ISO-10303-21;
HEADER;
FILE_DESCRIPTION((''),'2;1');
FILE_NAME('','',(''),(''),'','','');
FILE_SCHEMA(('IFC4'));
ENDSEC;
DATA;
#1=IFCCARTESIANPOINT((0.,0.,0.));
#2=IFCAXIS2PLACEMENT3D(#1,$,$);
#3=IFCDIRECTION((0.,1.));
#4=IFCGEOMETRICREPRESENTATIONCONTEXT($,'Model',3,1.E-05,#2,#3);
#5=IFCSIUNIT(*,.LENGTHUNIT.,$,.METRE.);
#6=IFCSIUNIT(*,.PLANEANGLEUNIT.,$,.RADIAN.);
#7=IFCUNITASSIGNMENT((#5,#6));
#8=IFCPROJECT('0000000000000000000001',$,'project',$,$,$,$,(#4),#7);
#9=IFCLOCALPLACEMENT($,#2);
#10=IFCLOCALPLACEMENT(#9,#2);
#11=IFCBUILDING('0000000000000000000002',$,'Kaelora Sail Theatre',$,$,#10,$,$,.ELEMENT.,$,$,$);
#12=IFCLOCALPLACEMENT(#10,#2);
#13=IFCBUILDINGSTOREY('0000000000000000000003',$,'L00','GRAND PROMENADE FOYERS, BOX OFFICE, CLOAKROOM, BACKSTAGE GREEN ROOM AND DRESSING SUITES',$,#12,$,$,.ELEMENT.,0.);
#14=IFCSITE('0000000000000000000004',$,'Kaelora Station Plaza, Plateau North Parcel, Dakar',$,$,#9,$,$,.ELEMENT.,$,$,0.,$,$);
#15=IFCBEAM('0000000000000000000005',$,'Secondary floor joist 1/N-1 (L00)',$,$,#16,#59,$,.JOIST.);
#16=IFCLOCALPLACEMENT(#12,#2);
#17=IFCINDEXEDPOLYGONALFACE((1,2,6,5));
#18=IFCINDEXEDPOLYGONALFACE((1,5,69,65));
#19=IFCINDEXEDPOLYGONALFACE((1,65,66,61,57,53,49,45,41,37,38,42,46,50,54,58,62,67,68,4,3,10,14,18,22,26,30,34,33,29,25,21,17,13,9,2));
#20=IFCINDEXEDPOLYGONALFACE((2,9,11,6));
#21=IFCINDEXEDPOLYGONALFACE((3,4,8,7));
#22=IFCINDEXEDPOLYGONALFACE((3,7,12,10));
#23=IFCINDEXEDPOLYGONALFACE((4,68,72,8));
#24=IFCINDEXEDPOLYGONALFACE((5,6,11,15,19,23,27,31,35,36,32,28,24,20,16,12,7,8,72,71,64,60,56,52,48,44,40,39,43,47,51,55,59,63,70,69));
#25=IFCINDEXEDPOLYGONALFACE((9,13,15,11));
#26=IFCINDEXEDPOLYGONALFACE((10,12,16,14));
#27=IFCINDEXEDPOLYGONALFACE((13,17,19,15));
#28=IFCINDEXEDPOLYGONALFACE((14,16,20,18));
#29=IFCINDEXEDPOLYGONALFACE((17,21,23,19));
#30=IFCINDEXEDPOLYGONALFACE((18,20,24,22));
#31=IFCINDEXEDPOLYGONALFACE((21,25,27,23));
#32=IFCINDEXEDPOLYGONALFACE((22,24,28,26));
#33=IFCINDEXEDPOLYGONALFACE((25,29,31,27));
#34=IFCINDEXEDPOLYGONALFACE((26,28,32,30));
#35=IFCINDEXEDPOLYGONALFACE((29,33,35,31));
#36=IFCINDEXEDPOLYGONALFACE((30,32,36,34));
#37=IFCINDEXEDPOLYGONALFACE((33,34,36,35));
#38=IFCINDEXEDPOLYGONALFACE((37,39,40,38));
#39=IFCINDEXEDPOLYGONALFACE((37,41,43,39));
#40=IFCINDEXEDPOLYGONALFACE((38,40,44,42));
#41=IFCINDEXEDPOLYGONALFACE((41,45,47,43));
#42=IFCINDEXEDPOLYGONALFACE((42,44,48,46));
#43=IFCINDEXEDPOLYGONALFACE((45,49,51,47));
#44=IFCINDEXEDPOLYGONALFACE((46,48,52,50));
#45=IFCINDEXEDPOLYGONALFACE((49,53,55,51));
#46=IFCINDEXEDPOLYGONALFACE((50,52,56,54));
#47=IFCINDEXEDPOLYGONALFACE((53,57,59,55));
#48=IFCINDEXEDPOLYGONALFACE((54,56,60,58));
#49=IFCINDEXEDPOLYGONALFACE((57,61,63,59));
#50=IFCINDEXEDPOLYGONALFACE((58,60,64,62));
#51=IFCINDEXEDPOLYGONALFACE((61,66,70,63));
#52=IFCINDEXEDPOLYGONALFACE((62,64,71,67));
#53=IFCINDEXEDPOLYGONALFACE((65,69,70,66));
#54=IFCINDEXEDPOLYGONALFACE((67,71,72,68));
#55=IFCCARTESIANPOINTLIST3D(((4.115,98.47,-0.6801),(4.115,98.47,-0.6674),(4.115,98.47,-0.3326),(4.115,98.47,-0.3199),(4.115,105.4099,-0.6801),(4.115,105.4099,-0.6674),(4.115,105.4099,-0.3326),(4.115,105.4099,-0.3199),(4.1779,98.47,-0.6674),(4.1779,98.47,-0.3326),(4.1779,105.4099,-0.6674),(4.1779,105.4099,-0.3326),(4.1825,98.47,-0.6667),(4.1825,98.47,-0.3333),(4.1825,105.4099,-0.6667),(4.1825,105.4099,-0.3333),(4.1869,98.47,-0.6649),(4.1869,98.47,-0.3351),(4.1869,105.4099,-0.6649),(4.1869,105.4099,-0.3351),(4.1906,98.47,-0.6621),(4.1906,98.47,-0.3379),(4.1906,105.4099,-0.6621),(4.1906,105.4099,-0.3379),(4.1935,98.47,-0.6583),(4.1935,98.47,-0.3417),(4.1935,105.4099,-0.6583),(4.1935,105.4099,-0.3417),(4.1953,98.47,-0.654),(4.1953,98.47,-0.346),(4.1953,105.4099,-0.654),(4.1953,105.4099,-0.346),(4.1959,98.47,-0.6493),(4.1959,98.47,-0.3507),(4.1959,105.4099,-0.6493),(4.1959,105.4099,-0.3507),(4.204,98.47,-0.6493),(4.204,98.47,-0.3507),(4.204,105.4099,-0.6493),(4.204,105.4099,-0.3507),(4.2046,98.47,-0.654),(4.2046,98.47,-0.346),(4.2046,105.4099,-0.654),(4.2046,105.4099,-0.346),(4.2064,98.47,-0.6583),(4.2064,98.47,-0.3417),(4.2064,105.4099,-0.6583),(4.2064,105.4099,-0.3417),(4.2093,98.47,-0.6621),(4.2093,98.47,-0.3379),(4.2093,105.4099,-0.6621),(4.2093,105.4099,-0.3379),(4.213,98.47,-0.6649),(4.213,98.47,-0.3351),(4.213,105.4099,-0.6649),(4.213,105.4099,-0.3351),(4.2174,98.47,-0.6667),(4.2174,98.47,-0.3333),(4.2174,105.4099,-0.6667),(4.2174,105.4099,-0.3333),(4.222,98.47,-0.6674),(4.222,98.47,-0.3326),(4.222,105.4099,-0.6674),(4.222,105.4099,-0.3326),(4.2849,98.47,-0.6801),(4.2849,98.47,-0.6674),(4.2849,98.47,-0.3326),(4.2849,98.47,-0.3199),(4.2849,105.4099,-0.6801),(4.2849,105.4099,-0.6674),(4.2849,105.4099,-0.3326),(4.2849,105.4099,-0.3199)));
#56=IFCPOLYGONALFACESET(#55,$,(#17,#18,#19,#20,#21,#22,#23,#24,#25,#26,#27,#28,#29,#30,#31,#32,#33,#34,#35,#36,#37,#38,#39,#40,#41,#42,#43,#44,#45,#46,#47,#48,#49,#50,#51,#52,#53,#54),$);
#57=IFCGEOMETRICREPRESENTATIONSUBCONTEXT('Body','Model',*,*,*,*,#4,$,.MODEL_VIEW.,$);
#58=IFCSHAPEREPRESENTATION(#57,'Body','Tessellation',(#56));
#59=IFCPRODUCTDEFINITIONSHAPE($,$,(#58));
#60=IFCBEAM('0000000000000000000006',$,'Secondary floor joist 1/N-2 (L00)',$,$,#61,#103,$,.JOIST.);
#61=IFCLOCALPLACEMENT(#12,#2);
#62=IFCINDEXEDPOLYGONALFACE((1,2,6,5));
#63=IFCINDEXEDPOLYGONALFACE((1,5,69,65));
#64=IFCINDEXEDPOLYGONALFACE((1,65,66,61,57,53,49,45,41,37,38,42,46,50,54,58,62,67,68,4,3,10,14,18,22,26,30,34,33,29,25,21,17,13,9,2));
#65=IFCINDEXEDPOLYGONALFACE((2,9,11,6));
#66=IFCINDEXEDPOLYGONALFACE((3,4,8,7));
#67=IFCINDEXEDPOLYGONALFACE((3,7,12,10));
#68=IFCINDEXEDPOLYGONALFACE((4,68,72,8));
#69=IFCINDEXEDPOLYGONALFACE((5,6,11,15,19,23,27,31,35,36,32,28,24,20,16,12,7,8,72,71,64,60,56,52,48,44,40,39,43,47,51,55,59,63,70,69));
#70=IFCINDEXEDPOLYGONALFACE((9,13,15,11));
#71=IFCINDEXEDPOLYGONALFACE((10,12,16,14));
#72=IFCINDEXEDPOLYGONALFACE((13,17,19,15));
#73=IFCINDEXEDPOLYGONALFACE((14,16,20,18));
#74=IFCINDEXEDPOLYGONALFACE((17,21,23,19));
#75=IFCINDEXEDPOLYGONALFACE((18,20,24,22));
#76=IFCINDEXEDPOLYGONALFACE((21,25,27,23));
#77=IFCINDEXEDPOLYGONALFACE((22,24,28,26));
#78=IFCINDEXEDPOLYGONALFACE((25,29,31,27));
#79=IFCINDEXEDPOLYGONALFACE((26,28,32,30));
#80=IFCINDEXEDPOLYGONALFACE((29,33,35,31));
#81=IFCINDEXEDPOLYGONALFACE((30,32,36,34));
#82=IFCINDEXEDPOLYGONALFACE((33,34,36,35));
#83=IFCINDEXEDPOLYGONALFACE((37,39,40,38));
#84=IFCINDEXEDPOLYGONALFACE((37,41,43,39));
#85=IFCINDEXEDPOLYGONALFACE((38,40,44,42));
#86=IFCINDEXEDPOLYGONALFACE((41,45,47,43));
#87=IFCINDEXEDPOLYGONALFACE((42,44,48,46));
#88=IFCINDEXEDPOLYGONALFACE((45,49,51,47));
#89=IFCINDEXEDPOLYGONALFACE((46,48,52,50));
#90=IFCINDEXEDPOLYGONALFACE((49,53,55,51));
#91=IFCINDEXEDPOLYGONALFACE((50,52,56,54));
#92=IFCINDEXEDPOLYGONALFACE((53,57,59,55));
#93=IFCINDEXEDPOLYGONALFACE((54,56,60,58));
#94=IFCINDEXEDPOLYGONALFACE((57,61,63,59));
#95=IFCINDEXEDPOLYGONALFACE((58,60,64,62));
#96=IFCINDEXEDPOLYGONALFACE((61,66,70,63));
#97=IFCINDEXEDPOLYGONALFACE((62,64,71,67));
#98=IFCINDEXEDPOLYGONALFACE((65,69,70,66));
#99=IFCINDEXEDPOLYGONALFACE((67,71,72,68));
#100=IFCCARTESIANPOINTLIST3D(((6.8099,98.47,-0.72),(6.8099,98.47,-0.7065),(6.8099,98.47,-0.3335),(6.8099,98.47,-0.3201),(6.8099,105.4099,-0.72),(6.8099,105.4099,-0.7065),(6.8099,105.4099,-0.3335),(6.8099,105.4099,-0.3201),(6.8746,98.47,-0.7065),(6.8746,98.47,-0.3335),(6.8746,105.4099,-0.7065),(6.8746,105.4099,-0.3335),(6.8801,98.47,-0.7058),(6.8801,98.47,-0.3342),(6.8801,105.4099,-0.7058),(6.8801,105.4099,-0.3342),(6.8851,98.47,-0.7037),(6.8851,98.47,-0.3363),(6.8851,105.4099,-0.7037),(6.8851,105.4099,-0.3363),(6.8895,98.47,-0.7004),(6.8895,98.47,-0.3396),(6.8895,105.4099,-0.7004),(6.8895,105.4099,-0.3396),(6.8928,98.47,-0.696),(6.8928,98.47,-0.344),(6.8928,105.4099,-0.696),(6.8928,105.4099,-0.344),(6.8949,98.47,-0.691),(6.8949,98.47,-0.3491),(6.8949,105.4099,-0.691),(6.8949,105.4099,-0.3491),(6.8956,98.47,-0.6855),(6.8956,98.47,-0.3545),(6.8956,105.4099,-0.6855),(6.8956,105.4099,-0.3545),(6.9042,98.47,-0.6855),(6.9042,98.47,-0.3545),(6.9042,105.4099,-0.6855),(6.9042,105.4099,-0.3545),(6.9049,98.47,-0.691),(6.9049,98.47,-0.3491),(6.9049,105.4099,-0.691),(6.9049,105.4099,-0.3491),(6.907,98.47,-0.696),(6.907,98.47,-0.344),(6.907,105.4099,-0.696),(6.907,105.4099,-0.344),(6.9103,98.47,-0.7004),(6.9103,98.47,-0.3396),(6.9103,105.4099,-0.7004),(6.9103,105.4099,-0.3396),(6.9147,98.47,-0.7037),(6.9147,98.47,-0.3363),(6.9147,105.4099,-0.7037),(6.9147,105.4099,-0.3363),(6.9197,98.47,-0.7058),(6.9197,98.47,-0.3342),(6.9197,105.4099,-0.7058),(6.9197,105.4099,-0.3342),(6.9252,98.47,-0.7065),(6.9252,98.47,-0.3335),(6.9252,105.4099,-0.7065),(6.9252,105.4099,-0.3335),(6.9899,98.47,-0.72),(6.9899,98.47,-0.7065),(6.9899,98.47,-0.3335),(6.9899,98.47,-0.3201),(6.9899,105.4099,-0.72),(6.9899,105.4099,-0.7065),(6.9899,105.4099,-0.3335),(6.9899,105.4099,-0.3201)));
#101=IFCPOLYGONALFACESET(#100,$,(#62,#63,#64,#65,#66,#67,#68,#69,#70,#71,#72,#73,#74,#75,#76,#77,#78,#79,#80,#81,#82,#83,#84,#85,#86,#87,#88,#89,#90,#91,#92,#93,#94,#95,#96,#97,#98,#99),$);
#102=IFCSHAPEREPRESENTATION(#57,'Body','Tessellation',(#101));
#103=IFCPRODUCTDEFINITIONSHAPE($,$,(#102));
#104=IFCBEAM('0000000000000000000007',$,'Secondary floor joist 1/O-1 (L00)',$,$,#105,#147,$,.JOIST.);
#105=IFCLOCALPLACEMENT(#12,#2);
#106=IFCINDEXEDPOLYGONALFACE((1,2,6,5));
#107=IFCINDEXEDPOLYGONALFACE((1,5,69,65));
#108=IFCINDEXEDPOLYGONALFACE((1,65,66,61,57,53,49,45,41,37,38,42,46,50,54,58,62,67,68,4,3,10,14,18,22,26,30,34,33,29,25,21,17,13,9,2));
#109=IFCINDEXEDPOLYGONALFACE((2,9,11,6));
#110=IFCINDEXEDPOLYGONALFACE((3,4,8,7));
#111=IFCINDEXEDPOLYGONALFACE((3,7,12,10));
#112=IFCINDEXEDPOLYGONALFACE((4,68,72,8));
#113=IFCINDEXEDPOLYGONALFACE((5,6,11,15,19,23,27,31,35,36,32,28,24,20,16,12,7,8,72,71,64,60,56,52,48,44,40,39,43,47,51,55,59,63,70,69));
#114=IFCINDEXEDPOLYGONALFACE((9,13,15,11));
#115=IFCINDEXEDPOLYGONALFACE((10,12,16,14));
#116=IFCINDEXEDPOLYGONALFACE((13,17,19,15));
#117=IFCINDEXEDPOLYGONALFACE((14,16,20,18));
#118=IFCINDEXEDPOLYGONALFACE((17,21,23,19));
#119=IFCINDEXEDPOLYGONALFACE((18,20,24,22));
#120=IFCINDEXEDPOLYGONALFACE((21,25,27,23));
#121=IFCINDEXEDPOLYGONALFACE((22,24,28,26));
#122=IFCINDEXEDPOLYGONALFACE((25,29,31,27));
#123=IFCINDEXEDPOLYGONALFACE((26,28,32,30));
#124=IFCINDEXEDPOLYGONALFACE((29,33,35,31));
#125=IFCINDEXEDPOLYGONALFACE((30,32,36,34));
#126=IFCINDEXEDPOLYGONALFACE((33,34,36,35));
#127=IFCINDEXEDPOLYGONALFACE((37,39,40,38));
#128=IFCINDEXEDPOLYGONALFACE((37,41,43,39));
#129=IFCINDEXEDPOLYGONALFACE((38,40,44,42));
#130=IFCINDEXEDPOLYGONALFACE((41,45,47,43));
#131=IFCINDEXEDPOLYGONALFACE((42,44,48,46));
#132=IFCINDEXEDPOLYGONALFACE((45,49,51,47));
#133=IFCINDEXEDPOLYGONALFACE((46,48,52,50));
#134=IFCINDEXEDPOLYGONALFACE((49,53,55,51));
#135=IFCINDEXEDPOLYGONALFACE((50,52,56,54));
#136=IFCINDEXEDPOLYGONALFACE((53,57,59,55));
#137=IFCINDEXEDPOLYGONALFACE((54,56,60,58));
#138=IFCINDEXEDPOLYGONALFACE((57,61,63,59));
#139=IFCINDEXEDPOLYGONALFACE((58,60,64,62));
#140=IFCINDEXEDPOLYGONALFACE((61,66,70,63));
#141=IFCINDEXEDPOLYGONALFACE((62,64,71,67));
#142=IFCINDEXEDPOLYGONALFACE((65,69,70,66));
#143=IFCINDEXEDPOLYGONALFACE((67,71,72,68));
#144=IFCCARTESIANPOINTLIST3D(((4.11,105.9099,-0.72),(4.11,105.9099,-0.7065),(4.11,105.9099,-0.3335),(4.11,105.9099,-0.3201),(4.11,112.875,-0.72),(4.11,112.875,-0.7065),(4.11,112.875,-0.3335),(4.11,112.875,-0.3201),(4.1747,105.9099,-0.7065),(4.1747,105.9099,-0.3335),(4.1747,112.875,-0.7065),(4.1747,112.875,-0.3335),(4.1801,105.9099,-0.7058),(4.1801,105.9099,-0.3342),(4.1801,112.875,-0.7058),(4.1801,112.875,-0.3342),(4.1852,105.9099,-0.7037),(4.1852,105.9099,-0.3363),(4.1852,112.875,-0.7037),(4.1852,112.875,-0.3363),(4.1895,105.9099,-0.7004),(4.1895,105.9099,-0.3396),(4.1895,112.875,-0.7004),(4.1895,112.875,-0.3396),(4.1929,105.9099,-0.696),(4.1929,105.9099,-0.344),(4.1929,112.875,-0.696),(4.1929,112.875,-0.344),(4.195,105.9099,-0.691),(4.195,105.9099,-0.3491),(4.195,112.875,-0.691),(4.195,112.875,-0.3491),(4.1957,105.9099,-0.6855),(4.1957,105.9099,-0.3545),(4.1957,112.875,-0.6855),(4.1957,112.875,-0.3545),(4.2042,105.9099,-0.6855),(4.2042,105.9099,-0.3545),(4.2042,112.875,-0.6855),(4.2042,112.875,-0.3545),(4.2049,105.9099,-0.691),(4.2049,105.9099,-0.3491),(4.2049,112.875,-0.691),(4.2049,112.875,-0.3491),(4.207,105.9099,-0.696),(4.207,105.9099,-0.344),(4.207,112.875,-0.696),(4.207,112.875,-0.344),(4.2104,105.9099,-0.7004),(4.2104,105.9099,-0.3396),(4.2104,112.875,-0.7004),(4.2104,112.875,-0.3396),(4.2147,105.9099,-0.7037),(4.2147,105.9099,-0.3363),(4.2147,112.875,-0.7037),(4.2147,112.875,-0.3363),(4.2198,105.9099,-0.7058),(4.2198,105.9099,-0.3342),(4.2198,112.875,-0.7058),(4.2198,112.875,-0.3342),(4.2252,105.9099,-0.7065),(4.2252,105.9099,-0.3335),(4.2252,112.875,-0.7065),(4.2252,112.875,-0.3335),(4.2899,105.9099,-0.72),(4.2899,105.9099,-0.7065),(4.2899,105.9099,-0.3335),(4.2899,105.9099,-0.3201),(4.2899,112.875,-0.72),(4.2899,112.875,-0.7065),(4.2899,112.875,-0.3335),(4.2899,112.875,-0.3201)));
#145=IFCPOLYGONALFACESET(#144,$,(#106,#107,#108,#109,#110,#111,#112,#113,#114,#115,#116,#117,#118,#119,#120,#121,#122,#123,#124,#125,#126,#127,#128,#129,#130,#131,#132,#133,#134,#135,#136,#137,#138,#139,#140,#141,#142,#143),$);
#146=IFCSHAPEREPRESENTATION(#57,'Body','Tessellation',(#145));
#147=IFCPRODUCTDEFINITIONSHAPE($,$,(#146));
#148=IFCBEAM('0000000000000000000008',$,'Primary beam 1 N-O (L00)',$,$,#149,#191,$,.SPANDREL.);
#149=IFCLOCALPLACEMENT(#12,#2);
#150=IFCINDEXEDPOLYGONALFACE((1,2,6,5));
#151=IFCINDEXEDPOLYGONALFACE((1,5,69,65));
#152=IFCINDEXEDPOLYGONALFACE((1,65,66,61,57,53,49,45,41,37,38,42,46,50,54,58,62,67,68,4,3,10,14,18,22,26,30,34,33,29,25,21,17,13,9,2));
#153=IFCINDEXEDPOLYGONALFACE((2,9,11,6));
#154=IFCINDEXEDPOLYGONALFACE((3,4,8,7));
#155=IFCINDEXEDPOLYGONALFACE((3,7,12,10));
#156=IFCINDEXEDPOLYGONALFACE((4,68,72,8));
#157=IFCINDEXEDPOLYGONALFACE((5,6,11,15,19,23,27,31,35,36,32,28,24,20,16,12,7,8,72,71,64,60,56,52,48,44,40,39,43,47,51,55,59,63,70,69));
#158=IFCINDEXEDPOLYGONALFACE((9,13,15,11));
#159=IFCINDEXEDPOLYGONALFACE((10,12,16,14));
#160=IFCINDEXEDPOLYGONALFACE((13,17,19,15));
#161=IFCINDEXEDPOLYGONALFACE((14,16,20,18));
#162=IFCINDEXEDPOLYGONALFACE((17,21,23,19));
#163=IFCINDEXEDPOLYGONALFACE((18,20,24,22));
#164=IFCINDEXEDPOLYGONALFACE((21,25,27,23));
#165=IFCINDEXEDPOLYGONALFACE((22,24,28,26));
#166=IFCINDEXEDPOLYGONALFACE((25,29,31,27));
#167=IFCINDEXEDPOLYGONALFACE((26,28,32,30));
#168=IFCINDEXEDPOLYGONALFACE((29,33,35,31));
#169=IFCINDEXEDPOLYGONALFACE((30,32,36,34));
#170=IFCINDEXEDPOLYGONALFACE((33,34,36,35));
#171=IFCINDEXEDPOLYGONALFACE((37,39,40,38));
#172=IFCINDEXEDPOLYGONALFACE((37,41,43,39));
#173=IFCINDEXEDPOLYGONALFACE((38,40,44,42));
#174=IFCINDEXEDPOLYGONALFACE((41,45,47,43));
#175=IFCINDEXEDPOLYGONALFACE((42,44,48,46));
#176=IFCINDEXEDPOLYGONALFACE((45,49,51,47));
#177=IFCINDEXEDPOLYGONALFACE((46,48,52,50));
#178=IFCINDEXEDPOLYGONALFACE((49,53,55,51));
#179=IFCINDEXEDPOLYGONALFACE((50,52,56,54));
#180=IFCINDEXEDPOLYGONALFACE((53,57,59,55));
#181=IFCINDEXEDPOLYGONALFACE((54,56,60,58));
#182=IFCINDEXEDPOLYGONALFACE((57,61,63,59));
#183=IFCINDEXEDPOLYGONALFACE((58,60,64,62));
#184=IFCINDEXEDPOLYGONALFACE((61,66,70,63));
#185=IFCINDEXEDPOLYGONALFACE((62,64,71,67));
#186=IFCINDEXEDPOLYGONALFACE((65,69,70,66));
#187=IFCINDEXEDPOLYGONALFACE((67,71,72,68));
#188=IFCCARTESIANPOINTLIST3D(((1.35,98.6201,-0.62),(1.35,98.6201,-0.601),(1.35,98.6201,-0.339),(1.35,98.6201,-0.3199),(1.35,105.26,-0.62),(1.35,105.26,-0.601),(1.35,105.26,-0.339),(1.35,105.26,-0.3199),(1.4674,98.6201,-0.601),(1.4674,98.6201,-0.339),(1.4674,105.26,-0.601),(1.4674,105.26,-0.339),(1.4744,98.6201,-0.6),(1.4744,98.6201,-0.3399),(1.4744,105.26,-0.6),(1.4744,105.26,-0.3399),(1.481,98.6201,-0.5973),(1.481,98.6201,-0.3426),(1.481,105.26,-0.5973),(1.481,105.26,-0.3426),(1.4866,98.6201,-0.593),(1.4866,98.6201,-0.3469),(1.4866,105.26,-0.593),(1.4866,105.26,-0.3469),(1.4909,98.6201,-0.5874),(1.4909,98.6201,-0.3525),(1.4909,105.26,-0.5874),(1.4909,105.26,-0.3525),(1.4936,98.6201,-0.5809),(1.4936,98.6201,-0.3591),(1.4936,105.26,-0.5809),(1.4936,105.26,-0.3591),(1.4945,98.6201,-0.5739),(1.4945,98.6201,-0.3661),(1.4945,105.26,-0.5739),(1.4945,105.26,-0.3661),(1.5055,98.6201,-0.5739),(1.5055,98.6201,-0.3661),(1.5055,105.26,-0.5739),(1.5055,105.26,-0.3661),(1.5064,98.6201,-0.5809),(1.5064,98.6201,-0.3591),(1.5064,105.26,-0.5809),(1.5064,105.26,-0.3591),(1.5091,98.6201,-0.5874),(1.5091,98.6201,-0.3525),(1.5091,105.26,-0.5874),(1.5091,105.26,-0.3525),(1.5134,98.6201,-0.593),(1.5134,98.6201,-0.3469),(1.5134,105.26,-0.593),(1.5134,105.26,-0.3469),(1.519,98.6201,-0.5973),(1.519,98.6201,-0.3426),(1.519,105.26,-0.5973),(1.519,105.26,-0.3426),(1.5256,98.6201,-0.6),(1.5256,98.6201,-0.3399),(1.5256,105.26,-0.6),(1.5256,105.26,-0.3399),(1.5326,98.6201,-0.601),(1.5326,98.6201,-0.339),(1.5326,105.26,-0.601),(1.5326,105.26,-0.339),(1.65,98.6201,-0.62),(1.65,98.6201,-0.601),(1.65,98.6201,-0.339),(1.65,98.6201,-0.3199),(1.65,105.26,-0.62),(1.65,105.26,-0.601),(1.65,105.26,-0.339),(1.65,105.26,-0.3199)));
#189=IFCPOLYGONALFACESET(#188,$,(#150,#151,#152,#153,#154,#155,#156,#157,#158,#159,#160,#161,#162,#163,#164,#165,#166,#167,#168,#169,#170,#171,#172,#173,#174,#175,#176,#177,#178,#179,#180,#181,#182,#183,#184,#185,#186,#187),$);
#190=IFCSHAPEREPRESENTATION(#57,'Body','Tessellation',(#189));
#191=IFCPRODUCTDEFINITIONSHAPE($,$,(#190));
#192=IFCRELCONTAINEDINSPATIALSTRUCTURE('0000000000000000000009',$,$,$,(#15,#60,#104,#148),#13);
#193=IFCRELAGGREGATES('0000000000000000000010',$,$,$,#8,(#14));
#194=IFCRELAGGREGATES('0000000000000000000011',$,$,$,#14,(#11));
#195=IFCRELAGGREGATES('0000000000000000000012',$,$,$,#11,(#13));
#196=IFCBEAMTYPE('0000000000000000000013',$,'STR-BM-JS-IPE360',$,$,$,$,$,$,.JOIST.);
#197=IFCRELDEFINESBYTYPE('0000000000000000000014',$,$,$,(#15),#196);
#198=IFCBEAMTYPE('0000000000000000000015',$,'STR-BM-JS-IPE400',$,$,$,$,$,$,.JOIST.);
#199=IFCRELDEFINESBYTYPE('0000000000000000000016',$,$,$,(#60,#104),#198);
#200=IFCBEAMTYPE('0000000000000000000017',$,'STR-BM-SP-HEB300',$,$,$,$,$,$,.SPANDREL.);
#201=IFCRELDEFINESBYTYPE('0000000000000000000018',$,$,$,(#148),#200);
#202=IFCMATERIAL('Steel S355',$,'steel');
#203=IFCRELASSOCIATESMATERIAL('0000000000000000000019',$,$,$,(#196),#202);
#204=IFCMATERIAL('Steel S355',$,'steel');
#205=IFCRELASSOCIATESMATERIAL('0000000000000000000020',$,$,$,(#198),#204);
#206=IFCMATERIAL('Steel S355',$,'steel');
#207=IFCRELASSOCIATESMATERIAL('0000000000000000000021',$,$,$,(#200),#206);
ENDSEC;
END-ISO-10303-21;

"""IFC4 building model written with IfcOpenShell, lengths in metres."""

from ifc_helpers import new_model, si_unit, direction, frame, origin, origin_2d, place, context, subcontext, project, spatial, i_section, extrude, material, material_profile, profile_set, type_object, element, save


model = new_model("IFC4")

# Units and contexts
model_context = context("Model", 3, precision=1e-05, world=origin(), true_north=direction((0.0, 1.0)))
body_context = subcontext(model_context, "Body", "Model", "MODEL_VIEW")
ifc_project = project(units=[si_unit("LENGTHUNIT", "METRE"), si_unit("PLANEANGLEUNIT", "RADIAN")], contexts=[model_context])

# Site, building, storey
site_placement = place(None, origin())
site = spatial("IfcSite", under=ifc_project, at=site_placement, Name="Kaelora Station Plaza, Plateau North Parcel, Dakar", CompositionType="ELEMENT", RefElevation=0.0)
building_placement = place(site_placement, origin())
building = spatial("IfcBuilding", under=site, at=building_placement, Name="Kaelora Sail Theatre", CompositionType="ELEMENT")
storey_placement = place(building_placement, origin())
storey = spatial("IfcBuildingStorey", under=building, at=storey_placement, Name="L00", Description="GRAND PROMENADE FOYERS, BOX OFFICE, CLOAKROOM, BACKSTAGE GREEN ROOM AND DRESSING SUITES", CompositionType="ELEMENT", Elevation=0.0)

# Beams
ifc_material_1 = material(Name="Steel S355", Category="steel")
ifc_material_profile_1 = material_profile(ifc_material_1, i_section(OverallWidth=0.1699, OverallDepth=0.3601, WebThickness=0.0081, FlangeThickness=0.0127, FilletRadius=0.0181, at=origin_2d()), Name="IPE 360")
ifc_profile_set_1 = profile_set([ifc_material_profile_1], Name="Steel S355")
beam_type_1 = type_object("IfcBeamType", Name="STR-BM-JS-IPE360", PredefinedType="JOIST", material=ifc_profile_set_1)
beam_1_placement = place(storey_placement, frame((4.2, 98.47, -0.5), z_axis=(0.0, 1.0, 0.0), x_axis=(-1.0, 0.0, 0.0)))
element("IfcBeam", 1, at=beam_1_placement, inside=storey, type_object=beam_type_1, Name="Secondary floor joist 1/N-1 (L00)", PredefinedType="JOIST", context=body_context, shape_type="SweptSolid", body=[
    extrude(i_section(OverallWidth=0.1699, OverallDepth=0.3601, WebThickness=0.0081, FlangeThickness=0.0127, FilletRadius=0.0181, at=origin_2d()), origin(), (0.0, 0.0, 1.0), 6.9399),
])
ifc_material_2 = material(Name="Steel S355", Category="steel")
ifc_material_profile_2 = material_profile(ifc_material_2, i_section(OverallWidth=0.1799, OverallDepth=0.3999, WebThickness=0.0085, FlangeThickness=0.0134, FilletRadius=0.021, at=origin_2d()), Name="IPE 400")
ifc_profile_set_2 = profile_set([ifc_material_profile_2], Name="Steel S355")
beam_type_2 = type_object("IfcBeamType", Name="STR-BM-JS-IPE400", PredefinedType="JOIST", material=ifc_profile_set_2)
beam_2_placement = place(storey_placement, frame((6.8999, 98.47, -0.52), z_axis=(0.0, 1.0, 0.0), x_axis=(-1.0, 0.0, 0.0)))
element("IfcBeam", 2, at=beam_2_placement, inside=storey, type_object=beam_type_2, Name="Secondary floor joist 1/N-2 (L00)", PredefinedType="JOIST", context=body_context, shape_type="SweptSolid", body=[
    extrude(i_section(OverallWidth=0.1799, OverallDepth=0.3999, WebThickness=0.0085, FlangeThickness=0.0134, FilletRadius=0.021, at=origin_2d()), origin(), (0.0, 0.0, 1.0), 6.9399),
])
beam_3_placement = place(storey_placement, frame((4.2, 105.9099, -0.52), z_axis=(0.0, 1.0, 0.0), x_axis=(-1.0, 0.0, 0.0)))
element("IfcBeam", 3, at=beam_3_placement, inside=storey, type_object=beam_type_2, Name="Secondary floor joist 1/O-1 (L00)", PredefinedType="JOIST", context=body_context, shape_type="SweptSolid", body=[
    extrude(i_section(OverallWidth=0.1799, OverallDepth=0.3999, WebThickness=0.0085, FlangeThickness=0.0134, FilletRadius=0.021, at=origin_2d()), origin(), (0.0, 0.0, 1.0), 6.9651),
])
ifc_material_3 = material(Name="Steel S355", Category="steel")
ifc_material_profile_3 = material_profile(ifc_material_3, i_section(OverallWidth=0.3, OverallDepth=0.3, WebThickness=0.011, FlangeThickness=0.019, FilletRadius=0.0271, at=origin_2d()), Name="HEB 300")
ifc_profile_set_3 = profile_set([ifc_material_profile_3], Name="Steel S355")
beam_type_3 = type_object("IfcBeamType", Name="STR-BM-SP-HEB300", PredefinedType="SPANDREL", material=ifc_profile_set_3)
beam_4_placement = place(storey_placement, frame((1.5, 98.6201, -0.47), z_axis=(0.0, 1.0, 0.0), x_axis=(-1.0, 0.0, 0.0)))
element("IfcBeam", 4, at=beam_4_placement, inside=storey, type_object=beam_type_3, Name="Primary beam 1 N-O (L00)", PredefinedType="SPANDREL", context=body_context, shape_type="SweptSolid", body=[
    extrude(i_section(OverallWidth=0.3, OverallDepth=0.3, WebThickness=0.011, FlangeThickness=0.019, FilletRadius=0.0271, at=origin_2d()), origin(), (0.0, 0.0, 1.0), 6.6399),
])

save(model, "model.ifc")
